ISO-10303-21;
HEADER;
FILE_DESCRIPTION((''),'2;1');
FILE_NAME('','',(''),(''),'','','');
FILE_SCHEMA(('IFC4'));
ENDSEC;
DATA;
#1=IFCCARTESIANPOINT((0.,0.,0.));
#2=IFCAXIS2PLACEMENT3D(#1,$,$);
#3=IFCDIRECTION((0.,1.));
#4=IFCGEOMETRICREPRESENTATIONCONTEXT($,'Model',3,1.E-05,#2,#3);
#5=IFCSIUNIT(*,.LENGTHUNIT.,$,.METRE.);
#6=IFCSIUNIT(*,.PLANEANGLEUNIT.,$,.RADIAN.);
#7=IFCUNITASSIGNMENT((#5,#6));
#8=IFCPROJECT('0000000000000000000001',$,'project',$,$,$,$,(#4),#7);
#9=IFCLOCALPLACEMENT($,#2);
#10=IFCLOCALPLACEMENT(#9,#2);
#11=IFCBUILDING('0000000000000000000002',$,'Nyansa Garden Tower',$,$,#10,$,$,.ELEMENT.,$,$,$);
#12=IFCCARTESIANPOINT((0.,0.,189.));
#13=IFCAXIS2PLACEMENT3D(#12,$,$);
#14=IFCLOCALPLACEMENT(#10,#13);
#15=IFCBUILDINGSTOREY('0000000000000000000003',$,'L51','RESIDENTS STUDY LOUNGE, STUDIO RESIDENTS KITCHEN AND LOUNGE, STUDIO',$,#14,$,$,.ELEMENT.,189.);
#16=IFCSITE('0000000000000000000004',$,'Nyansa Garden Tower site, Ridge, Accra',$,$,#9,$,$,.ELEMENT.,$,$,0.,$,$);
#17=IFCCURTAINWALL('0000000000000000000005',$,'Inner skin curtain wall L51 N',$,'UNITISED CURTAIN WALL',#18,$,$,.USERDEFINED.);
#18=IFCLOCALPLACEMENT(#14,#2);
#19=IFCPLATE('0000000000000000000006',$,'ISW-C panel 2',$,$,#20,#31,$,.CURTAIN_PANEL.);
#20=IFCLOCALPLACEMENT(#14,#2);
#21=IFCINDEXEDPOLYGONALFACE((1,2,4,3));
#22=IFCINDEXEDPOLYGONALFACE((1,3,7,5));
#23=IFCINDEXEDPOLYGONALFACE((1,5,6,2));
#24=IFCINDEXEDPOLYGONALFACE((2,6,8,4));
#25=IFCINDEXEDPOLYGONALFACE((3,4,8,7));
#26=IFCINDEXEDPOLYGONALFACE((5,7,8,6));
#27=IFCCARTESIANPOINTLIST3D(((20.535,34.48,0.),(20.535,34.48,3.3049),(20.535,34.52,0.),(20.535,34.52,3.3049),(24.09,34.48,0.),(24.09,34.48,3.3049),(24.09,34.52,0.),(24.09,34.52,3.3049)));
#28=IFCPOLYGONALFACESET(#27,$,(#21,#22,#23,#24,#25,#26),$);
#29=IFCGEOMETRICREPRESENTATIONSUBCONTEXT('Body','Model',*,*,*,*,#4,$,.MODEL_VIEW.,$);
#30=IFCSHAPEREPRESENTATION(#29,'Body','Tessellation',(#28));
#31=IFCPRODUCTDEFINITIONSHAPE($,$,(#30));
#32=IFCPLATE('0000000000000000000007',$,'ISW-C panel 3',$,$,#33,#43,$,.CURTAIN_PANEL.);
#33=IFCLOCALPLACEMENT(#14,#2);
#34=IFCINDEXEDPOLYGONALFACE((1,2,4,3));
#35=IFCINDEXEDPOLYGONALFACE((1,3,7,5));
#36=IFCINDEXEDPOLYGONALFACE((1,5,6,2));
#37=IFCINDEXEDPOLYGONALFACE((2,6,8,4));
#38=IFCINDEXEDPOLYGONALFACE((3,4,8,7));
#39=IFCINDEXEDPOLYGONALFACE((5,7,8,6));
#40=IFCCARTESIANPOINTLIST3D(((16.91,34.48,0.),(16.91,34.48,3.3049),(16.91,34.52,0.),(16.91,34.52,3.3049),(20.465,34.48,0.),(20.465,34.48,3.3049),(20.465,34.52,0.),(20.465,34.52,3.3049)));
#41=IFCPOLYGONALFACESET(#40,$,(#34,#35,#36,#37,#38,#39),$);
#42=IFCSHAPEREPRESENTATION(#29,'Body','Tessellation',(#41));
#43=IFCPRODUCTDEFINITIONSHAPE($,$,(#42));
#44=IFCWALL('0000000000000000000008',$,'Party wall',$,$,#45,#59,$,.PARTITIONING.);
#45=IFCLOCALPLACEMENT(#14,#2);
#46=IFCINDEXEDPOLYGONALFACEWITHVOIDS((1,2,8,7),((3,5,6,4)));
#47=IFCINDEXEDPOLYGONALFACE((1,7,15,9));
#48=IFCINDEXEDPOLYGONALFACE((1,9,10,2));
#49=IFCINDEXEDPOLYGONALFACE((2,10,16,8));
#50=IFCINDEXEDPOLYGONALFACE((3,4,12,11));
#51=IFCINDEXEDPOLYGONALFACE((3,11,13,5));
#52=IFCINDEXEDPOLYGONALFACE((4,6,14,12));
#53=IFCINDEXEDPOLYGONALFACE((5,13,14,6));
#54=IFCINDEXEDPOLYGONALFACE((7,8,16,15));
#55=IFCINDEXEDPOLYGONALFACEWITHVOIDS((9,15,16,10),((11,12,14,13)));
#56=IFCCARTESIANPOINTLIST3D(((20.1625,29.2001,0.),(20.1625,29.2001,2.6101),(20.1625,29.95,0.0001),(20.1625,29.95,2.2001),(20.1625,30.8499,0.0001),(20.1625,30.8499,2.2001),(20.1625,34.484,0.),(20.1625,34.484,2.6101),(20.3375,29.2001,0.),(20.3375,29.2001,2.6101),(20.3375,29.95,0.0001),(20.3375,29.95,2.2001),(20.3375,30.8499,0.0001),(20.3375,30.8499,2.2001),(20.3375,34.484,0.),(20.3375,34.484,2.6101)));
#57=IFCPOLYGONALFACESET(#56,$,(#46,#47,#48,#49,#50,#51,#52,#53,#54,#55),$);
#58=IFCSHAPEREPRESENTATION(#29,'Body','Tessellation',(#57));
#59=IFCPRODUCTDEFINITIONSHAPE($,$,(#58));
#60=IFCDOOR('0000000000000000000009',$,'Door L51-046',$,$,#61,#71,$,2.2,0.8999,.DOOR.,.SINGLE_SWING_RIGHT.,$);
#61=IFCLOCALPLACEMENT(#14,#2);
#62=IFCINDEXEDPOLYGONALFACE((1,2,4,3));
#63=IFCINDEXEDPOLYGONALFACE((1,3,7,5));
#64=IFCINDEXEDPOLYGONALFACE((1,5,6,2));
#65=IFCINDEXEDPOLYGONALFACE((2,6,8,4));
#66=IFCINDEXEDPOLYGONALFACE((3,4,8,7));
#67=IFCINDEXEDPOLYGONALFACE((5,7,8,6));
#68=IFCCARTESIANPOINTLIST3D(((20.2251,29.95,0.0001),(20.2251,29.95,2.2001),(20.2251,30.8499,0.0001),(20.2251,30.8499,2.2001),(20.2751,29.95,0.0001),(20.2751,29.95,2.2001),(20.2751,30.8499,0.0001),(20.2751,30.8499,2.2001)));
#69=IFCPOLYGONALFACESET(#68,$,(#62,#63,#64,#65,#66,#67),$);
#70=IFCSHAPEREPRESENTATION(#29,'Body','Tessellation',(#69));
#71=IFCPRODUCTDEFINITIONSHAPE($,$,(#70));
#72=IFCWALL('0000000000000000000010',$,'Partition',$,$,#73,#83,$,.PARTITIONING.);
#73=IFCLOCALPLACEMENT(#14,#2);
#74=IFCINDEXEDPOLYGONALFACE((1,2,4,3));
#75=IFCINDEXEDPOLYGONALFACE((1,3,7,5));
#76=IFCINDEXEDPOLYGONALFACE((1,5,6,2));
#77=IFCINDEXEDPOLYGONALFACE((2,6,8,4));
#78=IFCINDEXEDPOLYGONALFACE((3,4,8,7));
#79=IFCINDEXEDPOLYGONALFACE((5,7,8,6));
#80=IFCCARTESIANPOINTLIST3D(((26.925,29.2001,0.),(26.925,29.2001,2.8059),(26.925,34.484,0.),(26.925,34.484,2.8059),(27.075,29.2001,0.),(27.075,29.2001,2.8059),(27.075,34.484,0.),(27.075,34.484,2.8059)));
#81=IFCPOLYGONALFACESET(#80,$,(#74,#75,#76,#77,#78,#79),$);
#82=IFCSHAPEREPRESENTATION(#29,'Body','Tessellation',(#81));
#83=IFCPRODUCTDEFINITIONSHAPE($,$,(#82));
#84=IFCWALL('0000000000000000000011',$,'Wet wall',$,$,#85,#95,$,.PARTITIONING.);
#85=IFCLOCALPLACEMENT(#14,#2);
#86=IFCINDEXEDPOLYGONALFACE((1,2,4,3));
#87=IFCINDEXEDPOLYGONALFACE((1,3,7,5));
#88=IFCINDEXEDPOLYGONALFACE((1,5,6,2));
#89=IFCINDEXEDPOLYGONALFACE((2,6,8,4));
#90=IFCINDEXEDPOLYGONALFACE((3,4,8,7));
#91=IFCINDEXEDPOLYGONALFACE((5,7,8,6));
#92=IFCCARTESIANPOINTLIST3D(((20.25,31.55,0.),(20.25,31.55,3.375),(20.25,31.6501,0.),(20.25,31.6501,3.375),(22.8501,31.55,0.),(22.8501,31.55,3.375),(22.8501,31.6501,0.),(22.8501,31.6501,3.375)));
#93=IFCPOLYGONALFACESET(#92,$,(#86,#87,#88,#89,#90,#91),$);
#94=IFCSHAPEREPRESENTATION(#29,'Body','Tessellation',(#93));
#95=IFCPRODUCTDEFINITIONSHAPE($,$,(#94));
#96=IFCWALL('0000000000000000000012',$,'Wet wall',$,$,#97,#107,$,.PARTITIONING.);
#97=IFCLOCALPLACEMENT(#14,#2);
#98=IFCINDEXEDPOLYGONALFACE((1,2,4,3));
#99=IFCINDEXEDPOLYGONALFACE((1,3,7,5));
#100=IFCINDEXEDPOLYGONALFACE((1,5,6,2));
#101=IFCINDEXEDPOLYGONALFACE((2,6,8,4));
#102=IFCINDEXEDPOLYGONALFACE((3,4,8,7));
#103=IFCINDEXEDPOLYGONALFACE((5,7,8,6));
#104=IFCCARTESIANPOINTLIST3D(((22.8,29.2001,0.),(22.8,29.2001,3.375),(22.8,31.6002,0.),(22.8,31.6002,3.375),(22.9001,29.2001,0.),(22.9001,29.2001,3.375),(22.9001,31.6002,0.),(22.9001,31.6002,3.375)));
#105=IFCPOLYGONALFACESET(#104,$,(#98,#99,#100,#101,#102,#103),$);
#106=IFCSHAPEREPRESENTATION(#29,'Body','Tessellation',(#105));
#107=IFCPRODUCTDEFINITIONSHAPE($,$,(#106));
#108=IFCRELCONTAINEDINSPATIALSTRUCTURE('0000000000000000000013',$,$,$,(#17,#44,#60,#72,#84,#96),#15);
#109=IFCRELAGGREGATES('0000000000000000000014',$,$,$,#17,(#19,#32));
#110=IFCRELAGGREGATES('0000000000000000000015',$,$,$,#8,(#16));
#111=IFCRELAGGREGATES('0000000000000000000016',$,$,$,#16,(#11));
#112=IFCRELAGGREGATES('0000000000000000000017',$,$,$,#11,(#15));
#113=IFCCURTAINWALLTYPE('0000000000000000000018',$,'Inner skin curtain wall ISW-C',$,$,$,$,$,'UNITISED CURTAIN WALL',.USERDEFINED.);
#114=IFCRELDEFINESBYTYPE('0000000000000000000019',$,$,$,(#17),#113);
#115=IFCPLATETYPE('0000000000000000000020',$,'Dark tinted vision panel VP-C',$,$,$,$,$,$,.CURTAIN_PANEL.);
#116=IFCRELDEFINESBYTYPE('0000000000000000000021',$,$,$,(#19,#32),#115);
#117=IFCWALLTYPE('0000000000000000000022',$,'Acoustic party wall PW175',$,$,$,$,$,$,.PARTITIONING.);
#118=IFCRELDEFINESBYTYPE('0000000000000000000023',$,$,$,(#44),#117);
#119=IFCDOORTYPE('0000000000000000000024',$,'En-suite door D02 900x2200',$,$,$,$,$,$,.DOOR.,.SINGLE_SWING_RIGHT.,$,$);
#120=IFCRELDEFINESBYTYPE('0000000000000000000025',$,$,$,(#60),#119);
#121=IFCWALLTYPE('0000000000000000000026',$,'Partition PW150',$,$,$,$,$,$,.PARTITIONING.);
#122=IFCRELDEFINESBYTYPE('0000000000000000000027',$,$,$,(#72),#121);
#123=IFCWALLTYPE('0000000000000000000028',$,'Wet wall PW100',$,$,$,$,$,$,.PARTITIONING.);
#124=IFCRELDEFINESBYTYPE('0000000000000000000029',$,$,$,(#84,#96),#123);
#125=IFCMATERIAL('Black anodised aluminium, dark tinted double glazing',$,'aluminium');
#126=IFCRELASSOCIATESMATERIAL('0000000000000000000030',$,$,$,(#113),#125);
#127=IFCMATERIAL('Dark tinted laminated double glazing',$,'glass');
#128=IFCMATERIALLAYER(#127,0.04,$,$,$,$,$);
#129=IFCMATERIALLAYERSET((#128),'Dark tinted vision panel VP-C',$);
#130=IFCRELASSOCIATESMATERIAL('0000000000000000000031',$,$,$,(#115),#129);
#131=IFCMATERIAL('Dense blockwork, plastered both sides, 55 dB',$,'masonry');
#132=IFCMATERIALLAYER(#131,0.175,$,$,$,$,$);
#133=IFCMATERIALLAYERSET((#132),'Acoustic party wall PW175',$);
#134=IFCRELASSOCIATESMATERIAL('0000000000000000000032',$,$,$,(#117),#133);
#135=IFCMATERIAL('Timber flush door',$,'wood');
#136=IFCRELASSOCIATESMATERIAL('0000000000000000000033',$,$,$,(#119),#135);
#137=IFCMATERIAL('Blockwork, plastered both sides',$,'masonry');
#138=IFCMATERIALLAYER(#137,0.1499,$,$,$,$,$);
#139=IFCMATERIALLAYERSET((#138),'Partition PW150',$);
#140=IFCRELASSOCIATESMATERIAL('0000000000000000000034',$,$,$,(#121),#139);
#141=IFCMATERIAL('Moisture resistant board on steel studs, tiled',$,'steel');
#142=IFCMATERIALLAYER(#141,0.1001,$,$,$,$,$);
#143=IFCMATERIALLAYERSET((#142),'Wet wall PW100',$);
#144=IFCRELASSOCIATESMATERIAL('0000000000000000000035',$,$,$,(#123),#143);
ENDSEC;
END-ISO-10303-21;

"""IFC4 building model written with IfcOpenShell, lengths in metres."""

from ifc_helpers import new_model, si_unit, direction, frame, frame_2d, origin, origin_2d, place, context, subcontext, project, spatial, rectangle, extrude, material, layer, layer_set, type_object, element, fill, aggregate, save


model = new_model("IFC4")

# Units and contexts
model_context = context("Model", 3, precision=1e-05, world=origin(), true_north=direction((0.0, 1.0)))
body_context = subcontext(model_context, "Body", "Model", "MODEL_VIEW")
ifc_project = project(units=[si_unit("LENGTHUNIT", "METRE"), si_unit("PLANEANGLEUNIT", "RADIAN")], contexts=[model_context])

# Site, building, storey
site_placement = place(None, origin())
site = spatial("IfcSite", under=ifc_project, at=site_placement, Name="Nyansa Garden Tower site, Ridge, Accra", CompositionType="ELEMENT", RefElevation=0.0)
building_placement = place(site_placement, origin())
building = spatial("IfcBuilding", under=site, at=building_placement, Name="Nyansa Garden Tower", CompositionType="ELEMENT")
storey_placement = place(building_placement, frame((0.0, 0.0, 189.0)))
storey = spatial("IfcBuildingStorey", under=building, at=storey_placement, Name="L51", Description="RESIDENTS STUDY LOUNGE, STUDIO RESIDENTS KITCHEN AND LOUNGE, STUDIO", CompositionType="ELEMENT", Elevation=189.0)

# Curtain wall
ifc_material_1 = material(Name="Black anodised aluminium, dark tinted double glazing", Category="aluminium")
curtain_wall_type = type_object("IfcCurtainWallType", Name="Inner skin curtain wall ISW-C", ElementType="UNITISED CURTAIN WALL", PredefinedType="USERDEFINED", material=ifc_material_1)
curtain_wall_placement = place(storey_placement, origin())
curtain_wall = element("IfcCurtainWall", 1, at=curtain_wall_placement, inside=storey, type_object=curtain_wall_type, Name="Inner skin curtain wall L51 N", ObjectType="UNITISED CURTAIN WALL", PredefinedType="USERDEFINED")

# Plates
ifc_material_2 = material(Name="Dark tinted laminated double glazing", Category="glass")
ifc_layer_1 = layer(ifc_material_2, 0.04)
ifc_layer_set_1 = layer_set([ifc_layer_1], Name="Dark tinted vision panel VP-C")
plate_type = type_object("IfcPlateType", Name="Dark tinted vision panel VP-C", PredefinedType="CURTAIN_PANEL", material=ifc_layer_set_1)
plate_1_placement = place(storey_placement, frame((22.3125, 34.5, 0.0), z_axis=(0.0, 0.0, 1.0), x_axis=(-1.0, 0.0, 0.0)))
plate_1 = element("IfcPlate", 2, at=plate_1_placement, type_object=plate_type, Name="ISW-C panel 2", PredefinedType="CURTAIN_PANEL", context=body_context, shape_type="SweptSolid", body=[
    extrude(rectangle(XDim=3.5549, YDim=0.04, at=origin_2d()), origin(), (0.0, 0.0, 1.0), 3.3049),
])
plate_2_placement = place(storey_placement, frame((18.6875, 34.5, 0.0), z_axis=(0.0, 0.0, 1.0), x_axis=(-1.0, 0.0, 0.0)))
plate_2 = element("IfcPlate", 3, at=plate_2_placement, type_object=plate_type, Name="ISW-C panel 3", PredefinedType="CURTAIN_PANEL", context=body_context, shape_type="SweptSolid", body=[
    extrude(rectangle(XDim=3.5549, YDim=0.04, at=origin_2d()), origin(), (0.0, 0.0, 1.0), 3.3049),
])
aggregate(curtain_wall, [plate_1, plate_2])

# Wall, opening, door
ifc_material_3 = material(Name="Dense blockwork, plastered both sides, 55 dB", Category="masonry")
ifc_layer_2 = layer(ifc_material_3, 0.175)
ifc_layer_set_2 = layer_set([ifc_layer_2], Name="Acoustic party wall PW175")
wall_type_1 = type_object("IfcWallType", Name="Acoustic party wall PW175", PredefinedType="PARTITIONING", material=ifc_layer_set_2)
wall_1_placement = place(storey_placement, frame((20.25, 29.2, 0.0), z_axis=(0.0, 0.0, 1.0), x_axis=(0.0, 1.0, 0.0)))
wall_1 = element("IfcWall", 4, at=wall_1_placement, inside=storey, type_object=wall_type_1, Name="Party wall", PredefinedType="PARTITIONING", context=body_context, shape_type="SweptSolid", body=[
    extrude(rectangle(XDim=5.2839, YDim=0.175, at=frame_2d((2.6421, 0.0))), origin(), (0.0, 0.0, 1.0), 2.6101),
])
opening_placement = place(wall_1_placement, frame((0.75, 0.0, 0.0)))
opening = element("IfcOpeningElement", 5, at=opening_placement, cuts=wall_1, PredefinedType="OPENING", context=body_context, shape_type="SweptSolid", body=[
    extrude(rectangle(XDim=0.8999, YDim=2.2, at=frame_2d((0.45, 1.1001))), frame((0.0, 0.0974, 0.0), z_axis=(0.0, -1.0, 0.0), x_axis=(1.0, 0.0, 0.0)), (0.0, 0.0, 1.0), 0.1951),
])
ifc_material_4 = material(Name="Timber flush door", Category="wood")
door_type = type_object("IfcDoorType", Name="En-suite door D02 900x2200", OperationType="SINGLE_SWING_RIGHT", PredefinedType="DOOR", material=ifc_material_4)
door_placement = place(opening_placement, origin())
door = element("IfcDoor", 6, at=door_placement, inside=storey, type_object=door_type, Name="Door L51-046", OperationType="SINGLE_SWING_RIGHT", OverallHeight=2.2, OverallWidth=0.8999, PredefinedType="DOOR", context=body_context, shape_type="SweptSolid", body=[
    extrude(rectangle(XDim=0.8999, YDim=2.2, at=frame_2d((0.45, 1.1001))), frame((0.0, 0.0249, 0.0), z_axis=(0.0, -1.0, 0.0), x_axis=(1.0, 0.0, 0.0)), (0.0, 0.0, 1.0), 0.05),
])
fill(opening, door)

# Walls
ifc_material_5 = material(Name="Blockwork, plastered both sides", Category="masonry")
ifc_layer_3 = layer(ifc_material_5, 0.1499)
ifc_layer_set_3 = layer_set([ifc_layer_3], Name="Partition PW150")
wall_type_2 = type_object("IfcWallType", Name="Partition PW150", PredefinedType="PARTITIONING", material=ifc_layer_set_3)
wall_2_placement = place(storey_placement, frame((27.0, 29.2, 0.0), z_axis=(0.0, 0.0, 1.0), x_axis=(0.0, 1.0, 0.0)))
element("IfcWall", 7, at=wall_2_placement, inside=storey, type_object=wall_type_2, Name="Partition", PredefinedType="PARTITIONING", context=body_context, shape_type="SweptSolid", body=[
    extrude(rectangle(XDim=5.2839, YDim=0.1499, at=frame_2d((2.6421, 0.0))), origin(), (0.0, 0.0, 1.0), 2.8059),
])
ifc_material_6 = material(Name="Moisture resistant board on steel studs, tiled", Category="steel")
ifc_layer_4 = layer(ifc_material_6, 0.1001)
ifc_layer_set_4 = layer_set([ifc_layer_4], Name="Wet wall PW100")
wall_type_3 = type_object("IfcWallType", Name="Wet wall PW100", PredefinedType="PARTITIONING", material=ifc_layer_set_4)
wall_3_placement = place(storey_placement, frame((20.25, 31.6001, 0.0), z_axis=(0.0, 0.0, 1.0), x_axis=(1.0, 0.0, 0.0)))
element("IfcWall", 8, at=wall_3_placement, inside=storey, type_object=wall_type_3, Name="Wet wall", PredefinedType="PARTITIONING", context=body_context, shape_type="SweptSolid", body=[
    extrude(rectangle(XDim=2.6001, YDim=0.1001, at=frame_2d((1.3, 0.0))), origin(), (0.0, 0.0, 1.0), 3.375),
])
wall_4_placement = place(storey_placement, frame((22.8501, 29.2, 0.0), z_axis=(0.0, 0.0, 1.0), x_axis=(0.0, 1.0, 0.0)))
element("IfcWall", 9, at=wall_4_placement, inside=storey, type_object=wall_type_3, Name="Wet wall", PredefinedType="PARTITIONING", context=body_context, shape_type="SweptSolid", body=[
    extrude(rectangle(XDim=2.4001, YDim=0.1001, at=frame_2d((1.2002, 0.0))), origin(), (0.0, 0.0, 1.0), 3.375),
])

save(model, "model.ifc")
